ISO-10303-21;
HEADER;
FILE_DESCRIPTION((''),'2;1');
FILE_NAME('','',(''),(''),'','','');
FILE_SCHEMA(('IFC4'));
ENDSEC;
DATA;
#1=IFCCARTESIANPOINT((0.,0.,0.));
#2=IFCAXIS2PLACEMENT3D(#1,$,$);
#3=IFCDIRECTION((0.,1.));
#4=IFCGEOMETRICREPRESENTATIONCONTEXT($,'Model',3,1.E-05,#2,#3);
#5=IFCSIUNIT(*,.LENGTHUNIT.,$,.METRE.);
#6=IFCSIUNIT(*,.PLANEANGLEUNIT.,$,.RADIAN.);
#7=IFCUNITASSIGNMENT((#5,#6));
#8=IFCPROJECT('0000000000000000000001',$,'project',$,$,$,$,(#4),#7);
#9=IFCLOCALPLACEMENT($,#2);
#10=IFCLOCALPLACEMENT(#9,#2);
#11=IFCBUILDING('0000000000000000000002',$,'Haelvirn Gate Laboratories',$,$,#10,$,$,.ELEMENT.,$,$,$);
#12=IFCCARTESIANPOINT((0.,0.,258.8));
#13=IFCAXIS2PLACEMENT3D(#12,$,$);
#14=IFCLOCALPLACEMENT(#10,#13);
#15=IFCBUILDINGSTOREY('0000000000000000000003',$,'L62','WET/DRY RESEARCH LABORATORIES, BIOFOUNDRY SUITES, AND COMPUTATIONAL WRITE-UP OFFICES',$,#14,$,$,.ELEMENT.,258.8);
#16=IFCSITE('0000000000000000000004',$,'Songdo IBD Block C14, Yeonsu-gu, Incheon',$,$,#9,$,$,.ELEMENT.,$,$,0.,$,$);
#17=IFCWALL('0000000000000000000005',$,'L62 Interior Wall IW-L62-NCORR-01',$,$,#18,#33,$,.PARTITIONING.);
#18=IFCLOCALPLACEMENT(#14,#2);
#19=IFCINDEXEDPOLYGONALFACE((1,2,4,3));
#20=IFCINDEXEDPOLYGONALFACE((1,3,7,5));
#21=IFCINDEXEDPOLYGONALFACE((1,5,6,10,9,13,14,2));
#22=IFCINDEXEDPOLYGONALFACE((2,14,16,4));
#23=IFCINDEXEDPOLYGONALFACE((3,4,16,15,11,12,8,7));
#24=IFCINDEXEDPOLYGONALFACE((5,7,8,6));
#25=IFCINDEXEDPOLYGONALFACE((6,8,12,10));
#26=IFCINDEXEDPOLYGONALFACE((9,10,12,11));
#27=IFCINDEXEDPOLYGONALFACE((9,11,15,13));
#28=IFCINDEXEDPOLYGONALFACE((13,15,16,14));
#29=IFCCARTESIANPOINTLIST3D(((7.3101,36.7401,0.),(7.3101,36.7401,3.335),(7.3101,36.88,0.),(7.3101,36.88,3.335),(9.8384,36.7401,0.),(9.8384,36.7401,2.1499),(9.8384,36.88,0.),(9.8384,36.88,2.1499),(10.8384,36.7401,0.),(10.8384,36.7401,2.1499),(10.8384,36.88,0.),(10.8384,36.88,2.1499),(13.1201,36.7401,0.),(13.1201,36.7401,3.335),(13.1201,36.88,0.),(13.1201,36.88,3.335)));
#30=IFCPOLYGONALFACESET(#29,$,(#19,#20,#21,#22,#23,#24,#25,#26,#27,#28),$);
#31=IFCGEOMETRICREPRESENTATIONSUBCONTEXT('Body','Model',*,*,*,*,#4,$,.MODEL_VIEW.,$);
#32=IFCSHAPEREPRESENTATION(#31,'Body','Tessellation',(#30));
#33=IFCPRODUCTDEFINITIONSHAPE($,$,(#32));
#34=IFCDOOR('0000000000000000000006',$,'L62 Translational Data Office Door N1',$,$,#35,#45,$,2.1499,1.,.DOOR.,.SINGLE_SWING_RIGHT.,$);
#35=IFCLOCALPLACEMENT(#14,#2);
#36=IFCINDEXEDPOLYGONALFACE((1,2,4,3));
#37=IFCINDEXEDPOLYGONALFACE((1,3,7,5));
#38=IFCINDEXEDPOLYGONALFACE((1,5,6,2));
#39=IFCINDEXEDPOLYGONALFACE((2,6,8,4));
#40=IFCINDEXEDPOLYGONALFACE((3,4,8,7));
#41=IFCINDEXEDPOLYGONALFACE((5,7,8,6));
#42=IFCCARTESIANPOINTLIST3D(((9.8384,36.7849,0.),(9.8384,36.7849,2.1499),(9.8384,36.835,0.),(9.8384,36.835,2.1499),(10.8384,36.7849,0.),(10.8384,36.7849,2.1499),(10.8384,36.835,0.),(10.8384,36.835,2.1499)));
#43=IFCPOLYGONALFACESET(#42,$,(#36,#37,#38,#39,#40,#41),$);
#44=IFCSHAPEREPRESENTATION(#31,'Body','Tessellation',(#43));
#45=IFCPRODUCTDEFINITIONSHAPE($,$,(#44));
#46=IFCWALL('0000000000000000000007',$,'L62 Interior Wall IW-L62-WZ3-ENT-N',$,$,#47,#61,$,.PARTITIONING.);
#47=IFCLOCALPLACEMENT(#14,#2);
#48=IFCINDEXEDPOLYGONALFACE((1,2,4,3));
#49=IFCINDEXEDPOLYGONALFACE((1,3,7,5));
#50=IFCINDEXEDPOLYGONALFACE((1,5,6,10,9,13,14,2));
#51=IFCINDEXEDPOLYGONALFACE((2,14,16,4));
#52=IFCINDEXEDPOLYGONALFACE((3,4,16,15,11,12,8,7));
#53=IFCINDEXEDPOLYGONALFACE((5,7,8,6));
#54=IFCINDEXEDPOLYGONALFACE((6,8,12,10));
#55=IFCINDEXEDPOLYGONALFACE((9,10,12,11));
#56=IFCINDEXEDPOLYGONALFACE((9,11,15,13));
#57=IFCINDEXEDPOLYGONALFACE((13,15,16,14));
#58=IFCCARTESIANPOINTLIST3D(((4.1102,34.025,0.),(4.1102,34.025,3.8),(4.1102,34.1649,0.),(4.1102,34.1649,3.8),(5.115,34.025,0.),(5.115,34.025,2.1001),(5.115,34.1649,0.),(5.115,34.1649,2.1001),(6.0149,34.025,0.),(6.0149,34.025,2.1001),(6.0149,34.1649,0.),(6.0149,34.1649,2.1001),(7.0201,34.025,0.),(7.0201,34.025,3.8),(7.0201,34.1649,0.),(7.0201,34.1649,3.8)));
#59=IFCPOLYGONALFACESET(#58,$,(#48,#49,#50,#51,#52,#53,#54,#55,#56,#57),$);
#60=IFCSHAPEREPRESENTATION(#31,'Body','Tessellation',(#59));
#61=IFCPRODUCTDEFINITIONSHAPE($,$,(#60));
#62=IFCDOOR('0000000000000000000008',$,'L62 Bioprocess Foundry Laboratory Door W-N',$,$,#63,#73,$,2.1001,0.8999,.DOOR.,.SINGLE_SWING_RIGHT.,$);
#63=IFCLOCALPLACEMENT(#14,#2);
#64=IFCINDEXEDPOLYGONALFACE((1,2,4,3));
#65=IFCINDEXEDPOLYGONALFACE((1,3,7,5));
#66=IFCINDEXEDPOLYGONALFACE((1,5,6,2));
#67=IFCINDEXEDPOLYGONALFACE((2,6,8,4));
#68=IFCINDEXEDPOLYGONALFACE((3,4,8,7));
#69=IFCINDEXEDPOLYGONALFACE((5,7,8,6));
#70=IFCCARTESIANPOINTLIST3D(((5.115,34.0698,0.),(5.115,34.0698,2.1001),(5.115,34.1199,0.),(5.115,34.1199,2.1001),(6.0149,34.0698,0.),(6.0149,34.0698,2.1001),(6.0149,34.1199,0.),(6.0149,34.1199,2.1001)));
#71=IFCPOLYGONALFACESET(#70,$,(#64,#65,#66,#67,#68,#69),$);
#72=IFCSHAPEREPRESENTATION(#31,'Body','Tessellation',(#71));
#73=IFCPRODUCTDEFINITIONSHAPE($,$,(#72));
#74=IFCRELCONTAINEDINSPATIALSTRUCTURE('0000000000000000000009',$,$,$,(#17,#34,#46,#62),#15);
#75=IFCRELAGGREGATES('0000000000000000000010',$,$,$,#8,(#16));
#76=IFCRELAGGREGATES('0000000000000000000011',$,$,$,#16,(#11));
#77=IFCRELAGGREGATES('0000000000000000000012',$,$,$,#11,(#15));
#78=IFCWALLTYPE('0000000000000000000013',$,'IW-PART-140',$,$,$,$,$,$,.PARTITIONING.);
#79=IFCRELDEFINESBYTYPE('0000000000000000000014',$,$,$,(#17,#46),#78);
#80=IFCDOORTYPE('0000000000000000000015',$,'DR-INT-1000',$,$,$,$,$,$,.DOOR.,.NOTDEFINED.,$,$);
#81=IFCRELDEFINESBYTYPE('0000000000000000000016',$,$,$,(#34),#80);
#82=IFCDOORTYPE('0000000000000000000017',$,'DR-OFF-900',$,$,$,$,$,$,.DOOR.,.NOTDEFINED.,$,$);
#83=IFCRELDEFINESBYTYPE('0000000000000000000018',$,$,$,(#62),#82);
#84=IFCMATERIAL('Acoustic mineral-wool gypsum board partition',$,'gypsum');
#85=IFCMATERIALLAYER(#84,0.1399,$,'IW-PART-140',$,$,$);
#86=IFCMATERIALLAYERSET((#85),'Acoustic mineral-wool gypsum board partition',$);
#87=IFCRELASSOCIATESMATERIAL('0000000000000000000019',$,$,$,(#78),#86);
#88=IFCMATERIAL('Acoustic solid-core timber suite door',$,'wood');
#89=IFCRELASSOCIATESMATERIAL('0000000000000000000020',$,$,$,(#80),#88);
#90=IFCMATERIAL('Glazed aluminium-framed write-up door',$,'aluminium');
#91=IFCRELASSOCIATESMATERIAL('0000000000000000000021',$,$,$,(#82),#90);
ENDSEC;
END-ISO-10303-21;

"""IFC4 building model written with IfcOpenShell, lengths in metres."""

from ifc_helpers import new_model, si_unit, direction, frame, frame_2d, origin, place, context, subcontext, project, spatial, rectangle, extrude, source, transform, mapped, material, layer, layer_set, type_object, type_shapes, element, fill, save


model = new_model("IFC4")

# Units and contexts
model_context = context("Model", 3, precision=1e-05, world=origin(), true_north=direction((0.0, 1.0)))
body_context = subcontext(model_context, "Body", "Model", "MODEL_VIEW")
ifc_project = project(units=[si_unit("LENGTHUNIT", "METRE"), si_unit("PLANEANGLEUNIT", "RADIAN")], contexts=[model_context])

# Site, building, storey
site_placement = place(None, origin())
site = spatial("IfcSite", under=ifc_project, at=site_placement, Name="Songdo IBD Block C14, Yeonsu-gu, Incheon", CompositionType="ELEMENT", RefElevation=0.0)
building_placement = place(site_placement, origin())
building = spatial("IfcBuilding", under=site, at=building_placement, Name="Haelvirn Gate Laboratories", CompositionType="ELEMENT")
storey_placement = place(building_placement, frame((0.0, 0.0, 258.8)))
storey = spatial("IfcBuildingStorey", under=building, at=storey_placement, Name="L62", Description="WET/DRY RESEARCH LABORATORIES, BIOFOUNDRY SUITES, AND COMPUTATIONAL WRITE-UP OFFICES", CompositionType="ELEMENT", Elevation=258.8)

# Walls, openings, doors
ifc_material_1 = material(Name="Acoustic mineral-wool gypsum board partition", Category="gypsum")
ifc_layer_1 = layer(ifc_material_1, 0.1399, Name="IW-PART-140")
ifc_layer_set_1 = layer_set([ifc_layer_1], Name="Acoustic mineral-wool gypsum board partition")
wall_type_1 = type_object("IfcWallType", Name="IW-PART-140", PredefinedType="PARTITIONING", material=ifc_layer_set_1)
wall_1_placement = place(storey_placement, frame((7.3101, 36.8101, 0.0), z_axis=(0.0, 0.0, 1.0), x_axis=(1.0, 0.0, 0.0)))
wall_1 = element("IfcWall", 1, at=wall_1_placement, inside=storey, type_object=wall_type_1, Name="L62 Interior Wall IW-L62-NCORR-01", PredefinedType="PARTITIONING", context=body_context, shape_type="SweptSolid", body=[
    extrude(rectangle(XDim=5.8101, YDim=0.1399, at=frame_2d((2.905, 0.0))), origin(), (0.0, 0.0, 1.0), 3.335),
])
opening_1_placement = place(wall_1_placement, frame((2.5283, 0.0, 0.0)))
opening_1 = element("IfcOpeningElement", 2, at=opening_1_placement, cuts=wall_1, PredefinedType="OPENING", context=body_context, shape_type="SweptSolid", body=[
    extrude(rectangle(XDim=1.0, YDim=2.1499, at=frame_2d((0.5, 1.075))), frame((0.0, 0.0801, 0.0), z_axis=(0.0, -1.0, 0.0), x_axis=(1.0, 0.0, 0.0)), (0.0, 0.0, 1.0), 0.1599),
])
ifc_material_2 = material(Name="Acoustic solid-core timber suite door", Category="wood")
door_type_1 = type_object("IfcDoorType", Name="DR-INT-1000", OperationType="NOTDEFINED", PredefinedType="DOOR", material=ifc_material_2)
shared_shape_1 = source(origin(), body_context, "Body", "SweptSolid", [
    extrude(rectangle(XDim=1.0, YDim=2.1499, at=frame_2d((0.5, 1.075))), frame((0.0, 0.0249, 0.0), z_axis=(0.0, -1.0, 0.0), x_axis=(1.0, 0.0, 0.0)), (0.0, 0.0, 1.0), 0.05),
])
type_shapes(door_type_1, [shared_shape_1])
door_1_placement = place(opening_1_placement, origin())
door_1 = element("IfcDoor", 3, at=door_1_placement, inside=storey, type_object=door_type_1, Name="L62 Translational Data Office Door N1", OperationType="SINGLE_SWING_RIGHT", OverallHeight=2.1499, OverallWidth=1.0, PredefinedType="DOOR", context=body_context, shape_type="MappedRepresentation", body=[
    mapped(shared_shape_1, transform((0.0, 0.0, 0.0), scale=1.0)),
])
fill(opening_1, door_1)
wall_2_placement = place(storey_placement, frame((4.1101, 34.095, 0.0), z_axis=(0.0, 0.0, 1.0), x_axis=(1.0, 0.0, 0.0)))
wall_2 = element("IfcWall", 4, at=wall_2_placement, inside=storey, type_object=wall_type_1, Name="L62 Interior Wall IW-L62-WZ3-ENT-N", PredefinedType="PARTITIONING", context=body_context, shape_type="SweptSolid", body=[
    extrude(rectangle(XDim=2.9099, YDim=0.1399, at=frame_2d((1.4551, 0.0))), origin(), (0.0, 0.0, 1.0), 3.8),
])
opening_2_placement = place(wall_2_placement, frame((1.0049, 0.0, 0.0)))
opening_2 = element("IfcOpeningElement", 5, at=opening_2_placement, cuts=wall_2, PredefinedType="OPENING", context=body_context, shape_type="SweptSolid", body=[
    extrude(rectangle(XDim=0.8999, YDim=2.1001, at=frame_2d((0.45, 1.05))), frame((0.0, 0.0801, 0.0), z_axis=(0.0, -1.0, 0.0), x_axis=(1.0, 0.0, 0.0)), (0.0, 0.0, 1.0), 0.1599),
])
ifc_material_3 = material(Name="Glazed aluminium-framed write-up door", Category="aluminium")
door_type_2 = type_object("IfcDoorType", Name="DR-OFF-900", OperationType="NOTDEFINED", PredefinedType="DOOR", material=ifc_material_3)
shared_shape_2 = source(origin(), body_context, "Body", "SweptSolid", [
    extrude(rectangle(XDim=0.8999, YDim=2.1001, at=frame_2d((0.45, 1.05))), frame((0.0, 0.0249, 0.0), z_axis=(0.0, -1.0, 0.0), x_axis=(1.0, 0.0, 0.0)), (0.0, 0.0, 1.0), 0.05),
])
type_shapes(door_type_2, [shared_shape_2])
door_2_placement = place(opening_2_placement, origin())
door_2 = element("IfcDoor", 6, at=door_2_placement, inside=storey, type_object=door_type_2, Name="L62 Bioprocess Foundry Laboratory Door W-N", OperationType="SINGLE_SWING_RIGHT", OverallHeight=2.1001, OverallWidth=0.8999, PredefinedType="DOOR", context=body_context, shape_type="MappedRepresentation", body=[
    mapped(shared_shape_2, transform((0.0, 0.0, 0.0), scale=1.0)),
])
fill(opening_2, door_2)

save(model, "model.ifc")
